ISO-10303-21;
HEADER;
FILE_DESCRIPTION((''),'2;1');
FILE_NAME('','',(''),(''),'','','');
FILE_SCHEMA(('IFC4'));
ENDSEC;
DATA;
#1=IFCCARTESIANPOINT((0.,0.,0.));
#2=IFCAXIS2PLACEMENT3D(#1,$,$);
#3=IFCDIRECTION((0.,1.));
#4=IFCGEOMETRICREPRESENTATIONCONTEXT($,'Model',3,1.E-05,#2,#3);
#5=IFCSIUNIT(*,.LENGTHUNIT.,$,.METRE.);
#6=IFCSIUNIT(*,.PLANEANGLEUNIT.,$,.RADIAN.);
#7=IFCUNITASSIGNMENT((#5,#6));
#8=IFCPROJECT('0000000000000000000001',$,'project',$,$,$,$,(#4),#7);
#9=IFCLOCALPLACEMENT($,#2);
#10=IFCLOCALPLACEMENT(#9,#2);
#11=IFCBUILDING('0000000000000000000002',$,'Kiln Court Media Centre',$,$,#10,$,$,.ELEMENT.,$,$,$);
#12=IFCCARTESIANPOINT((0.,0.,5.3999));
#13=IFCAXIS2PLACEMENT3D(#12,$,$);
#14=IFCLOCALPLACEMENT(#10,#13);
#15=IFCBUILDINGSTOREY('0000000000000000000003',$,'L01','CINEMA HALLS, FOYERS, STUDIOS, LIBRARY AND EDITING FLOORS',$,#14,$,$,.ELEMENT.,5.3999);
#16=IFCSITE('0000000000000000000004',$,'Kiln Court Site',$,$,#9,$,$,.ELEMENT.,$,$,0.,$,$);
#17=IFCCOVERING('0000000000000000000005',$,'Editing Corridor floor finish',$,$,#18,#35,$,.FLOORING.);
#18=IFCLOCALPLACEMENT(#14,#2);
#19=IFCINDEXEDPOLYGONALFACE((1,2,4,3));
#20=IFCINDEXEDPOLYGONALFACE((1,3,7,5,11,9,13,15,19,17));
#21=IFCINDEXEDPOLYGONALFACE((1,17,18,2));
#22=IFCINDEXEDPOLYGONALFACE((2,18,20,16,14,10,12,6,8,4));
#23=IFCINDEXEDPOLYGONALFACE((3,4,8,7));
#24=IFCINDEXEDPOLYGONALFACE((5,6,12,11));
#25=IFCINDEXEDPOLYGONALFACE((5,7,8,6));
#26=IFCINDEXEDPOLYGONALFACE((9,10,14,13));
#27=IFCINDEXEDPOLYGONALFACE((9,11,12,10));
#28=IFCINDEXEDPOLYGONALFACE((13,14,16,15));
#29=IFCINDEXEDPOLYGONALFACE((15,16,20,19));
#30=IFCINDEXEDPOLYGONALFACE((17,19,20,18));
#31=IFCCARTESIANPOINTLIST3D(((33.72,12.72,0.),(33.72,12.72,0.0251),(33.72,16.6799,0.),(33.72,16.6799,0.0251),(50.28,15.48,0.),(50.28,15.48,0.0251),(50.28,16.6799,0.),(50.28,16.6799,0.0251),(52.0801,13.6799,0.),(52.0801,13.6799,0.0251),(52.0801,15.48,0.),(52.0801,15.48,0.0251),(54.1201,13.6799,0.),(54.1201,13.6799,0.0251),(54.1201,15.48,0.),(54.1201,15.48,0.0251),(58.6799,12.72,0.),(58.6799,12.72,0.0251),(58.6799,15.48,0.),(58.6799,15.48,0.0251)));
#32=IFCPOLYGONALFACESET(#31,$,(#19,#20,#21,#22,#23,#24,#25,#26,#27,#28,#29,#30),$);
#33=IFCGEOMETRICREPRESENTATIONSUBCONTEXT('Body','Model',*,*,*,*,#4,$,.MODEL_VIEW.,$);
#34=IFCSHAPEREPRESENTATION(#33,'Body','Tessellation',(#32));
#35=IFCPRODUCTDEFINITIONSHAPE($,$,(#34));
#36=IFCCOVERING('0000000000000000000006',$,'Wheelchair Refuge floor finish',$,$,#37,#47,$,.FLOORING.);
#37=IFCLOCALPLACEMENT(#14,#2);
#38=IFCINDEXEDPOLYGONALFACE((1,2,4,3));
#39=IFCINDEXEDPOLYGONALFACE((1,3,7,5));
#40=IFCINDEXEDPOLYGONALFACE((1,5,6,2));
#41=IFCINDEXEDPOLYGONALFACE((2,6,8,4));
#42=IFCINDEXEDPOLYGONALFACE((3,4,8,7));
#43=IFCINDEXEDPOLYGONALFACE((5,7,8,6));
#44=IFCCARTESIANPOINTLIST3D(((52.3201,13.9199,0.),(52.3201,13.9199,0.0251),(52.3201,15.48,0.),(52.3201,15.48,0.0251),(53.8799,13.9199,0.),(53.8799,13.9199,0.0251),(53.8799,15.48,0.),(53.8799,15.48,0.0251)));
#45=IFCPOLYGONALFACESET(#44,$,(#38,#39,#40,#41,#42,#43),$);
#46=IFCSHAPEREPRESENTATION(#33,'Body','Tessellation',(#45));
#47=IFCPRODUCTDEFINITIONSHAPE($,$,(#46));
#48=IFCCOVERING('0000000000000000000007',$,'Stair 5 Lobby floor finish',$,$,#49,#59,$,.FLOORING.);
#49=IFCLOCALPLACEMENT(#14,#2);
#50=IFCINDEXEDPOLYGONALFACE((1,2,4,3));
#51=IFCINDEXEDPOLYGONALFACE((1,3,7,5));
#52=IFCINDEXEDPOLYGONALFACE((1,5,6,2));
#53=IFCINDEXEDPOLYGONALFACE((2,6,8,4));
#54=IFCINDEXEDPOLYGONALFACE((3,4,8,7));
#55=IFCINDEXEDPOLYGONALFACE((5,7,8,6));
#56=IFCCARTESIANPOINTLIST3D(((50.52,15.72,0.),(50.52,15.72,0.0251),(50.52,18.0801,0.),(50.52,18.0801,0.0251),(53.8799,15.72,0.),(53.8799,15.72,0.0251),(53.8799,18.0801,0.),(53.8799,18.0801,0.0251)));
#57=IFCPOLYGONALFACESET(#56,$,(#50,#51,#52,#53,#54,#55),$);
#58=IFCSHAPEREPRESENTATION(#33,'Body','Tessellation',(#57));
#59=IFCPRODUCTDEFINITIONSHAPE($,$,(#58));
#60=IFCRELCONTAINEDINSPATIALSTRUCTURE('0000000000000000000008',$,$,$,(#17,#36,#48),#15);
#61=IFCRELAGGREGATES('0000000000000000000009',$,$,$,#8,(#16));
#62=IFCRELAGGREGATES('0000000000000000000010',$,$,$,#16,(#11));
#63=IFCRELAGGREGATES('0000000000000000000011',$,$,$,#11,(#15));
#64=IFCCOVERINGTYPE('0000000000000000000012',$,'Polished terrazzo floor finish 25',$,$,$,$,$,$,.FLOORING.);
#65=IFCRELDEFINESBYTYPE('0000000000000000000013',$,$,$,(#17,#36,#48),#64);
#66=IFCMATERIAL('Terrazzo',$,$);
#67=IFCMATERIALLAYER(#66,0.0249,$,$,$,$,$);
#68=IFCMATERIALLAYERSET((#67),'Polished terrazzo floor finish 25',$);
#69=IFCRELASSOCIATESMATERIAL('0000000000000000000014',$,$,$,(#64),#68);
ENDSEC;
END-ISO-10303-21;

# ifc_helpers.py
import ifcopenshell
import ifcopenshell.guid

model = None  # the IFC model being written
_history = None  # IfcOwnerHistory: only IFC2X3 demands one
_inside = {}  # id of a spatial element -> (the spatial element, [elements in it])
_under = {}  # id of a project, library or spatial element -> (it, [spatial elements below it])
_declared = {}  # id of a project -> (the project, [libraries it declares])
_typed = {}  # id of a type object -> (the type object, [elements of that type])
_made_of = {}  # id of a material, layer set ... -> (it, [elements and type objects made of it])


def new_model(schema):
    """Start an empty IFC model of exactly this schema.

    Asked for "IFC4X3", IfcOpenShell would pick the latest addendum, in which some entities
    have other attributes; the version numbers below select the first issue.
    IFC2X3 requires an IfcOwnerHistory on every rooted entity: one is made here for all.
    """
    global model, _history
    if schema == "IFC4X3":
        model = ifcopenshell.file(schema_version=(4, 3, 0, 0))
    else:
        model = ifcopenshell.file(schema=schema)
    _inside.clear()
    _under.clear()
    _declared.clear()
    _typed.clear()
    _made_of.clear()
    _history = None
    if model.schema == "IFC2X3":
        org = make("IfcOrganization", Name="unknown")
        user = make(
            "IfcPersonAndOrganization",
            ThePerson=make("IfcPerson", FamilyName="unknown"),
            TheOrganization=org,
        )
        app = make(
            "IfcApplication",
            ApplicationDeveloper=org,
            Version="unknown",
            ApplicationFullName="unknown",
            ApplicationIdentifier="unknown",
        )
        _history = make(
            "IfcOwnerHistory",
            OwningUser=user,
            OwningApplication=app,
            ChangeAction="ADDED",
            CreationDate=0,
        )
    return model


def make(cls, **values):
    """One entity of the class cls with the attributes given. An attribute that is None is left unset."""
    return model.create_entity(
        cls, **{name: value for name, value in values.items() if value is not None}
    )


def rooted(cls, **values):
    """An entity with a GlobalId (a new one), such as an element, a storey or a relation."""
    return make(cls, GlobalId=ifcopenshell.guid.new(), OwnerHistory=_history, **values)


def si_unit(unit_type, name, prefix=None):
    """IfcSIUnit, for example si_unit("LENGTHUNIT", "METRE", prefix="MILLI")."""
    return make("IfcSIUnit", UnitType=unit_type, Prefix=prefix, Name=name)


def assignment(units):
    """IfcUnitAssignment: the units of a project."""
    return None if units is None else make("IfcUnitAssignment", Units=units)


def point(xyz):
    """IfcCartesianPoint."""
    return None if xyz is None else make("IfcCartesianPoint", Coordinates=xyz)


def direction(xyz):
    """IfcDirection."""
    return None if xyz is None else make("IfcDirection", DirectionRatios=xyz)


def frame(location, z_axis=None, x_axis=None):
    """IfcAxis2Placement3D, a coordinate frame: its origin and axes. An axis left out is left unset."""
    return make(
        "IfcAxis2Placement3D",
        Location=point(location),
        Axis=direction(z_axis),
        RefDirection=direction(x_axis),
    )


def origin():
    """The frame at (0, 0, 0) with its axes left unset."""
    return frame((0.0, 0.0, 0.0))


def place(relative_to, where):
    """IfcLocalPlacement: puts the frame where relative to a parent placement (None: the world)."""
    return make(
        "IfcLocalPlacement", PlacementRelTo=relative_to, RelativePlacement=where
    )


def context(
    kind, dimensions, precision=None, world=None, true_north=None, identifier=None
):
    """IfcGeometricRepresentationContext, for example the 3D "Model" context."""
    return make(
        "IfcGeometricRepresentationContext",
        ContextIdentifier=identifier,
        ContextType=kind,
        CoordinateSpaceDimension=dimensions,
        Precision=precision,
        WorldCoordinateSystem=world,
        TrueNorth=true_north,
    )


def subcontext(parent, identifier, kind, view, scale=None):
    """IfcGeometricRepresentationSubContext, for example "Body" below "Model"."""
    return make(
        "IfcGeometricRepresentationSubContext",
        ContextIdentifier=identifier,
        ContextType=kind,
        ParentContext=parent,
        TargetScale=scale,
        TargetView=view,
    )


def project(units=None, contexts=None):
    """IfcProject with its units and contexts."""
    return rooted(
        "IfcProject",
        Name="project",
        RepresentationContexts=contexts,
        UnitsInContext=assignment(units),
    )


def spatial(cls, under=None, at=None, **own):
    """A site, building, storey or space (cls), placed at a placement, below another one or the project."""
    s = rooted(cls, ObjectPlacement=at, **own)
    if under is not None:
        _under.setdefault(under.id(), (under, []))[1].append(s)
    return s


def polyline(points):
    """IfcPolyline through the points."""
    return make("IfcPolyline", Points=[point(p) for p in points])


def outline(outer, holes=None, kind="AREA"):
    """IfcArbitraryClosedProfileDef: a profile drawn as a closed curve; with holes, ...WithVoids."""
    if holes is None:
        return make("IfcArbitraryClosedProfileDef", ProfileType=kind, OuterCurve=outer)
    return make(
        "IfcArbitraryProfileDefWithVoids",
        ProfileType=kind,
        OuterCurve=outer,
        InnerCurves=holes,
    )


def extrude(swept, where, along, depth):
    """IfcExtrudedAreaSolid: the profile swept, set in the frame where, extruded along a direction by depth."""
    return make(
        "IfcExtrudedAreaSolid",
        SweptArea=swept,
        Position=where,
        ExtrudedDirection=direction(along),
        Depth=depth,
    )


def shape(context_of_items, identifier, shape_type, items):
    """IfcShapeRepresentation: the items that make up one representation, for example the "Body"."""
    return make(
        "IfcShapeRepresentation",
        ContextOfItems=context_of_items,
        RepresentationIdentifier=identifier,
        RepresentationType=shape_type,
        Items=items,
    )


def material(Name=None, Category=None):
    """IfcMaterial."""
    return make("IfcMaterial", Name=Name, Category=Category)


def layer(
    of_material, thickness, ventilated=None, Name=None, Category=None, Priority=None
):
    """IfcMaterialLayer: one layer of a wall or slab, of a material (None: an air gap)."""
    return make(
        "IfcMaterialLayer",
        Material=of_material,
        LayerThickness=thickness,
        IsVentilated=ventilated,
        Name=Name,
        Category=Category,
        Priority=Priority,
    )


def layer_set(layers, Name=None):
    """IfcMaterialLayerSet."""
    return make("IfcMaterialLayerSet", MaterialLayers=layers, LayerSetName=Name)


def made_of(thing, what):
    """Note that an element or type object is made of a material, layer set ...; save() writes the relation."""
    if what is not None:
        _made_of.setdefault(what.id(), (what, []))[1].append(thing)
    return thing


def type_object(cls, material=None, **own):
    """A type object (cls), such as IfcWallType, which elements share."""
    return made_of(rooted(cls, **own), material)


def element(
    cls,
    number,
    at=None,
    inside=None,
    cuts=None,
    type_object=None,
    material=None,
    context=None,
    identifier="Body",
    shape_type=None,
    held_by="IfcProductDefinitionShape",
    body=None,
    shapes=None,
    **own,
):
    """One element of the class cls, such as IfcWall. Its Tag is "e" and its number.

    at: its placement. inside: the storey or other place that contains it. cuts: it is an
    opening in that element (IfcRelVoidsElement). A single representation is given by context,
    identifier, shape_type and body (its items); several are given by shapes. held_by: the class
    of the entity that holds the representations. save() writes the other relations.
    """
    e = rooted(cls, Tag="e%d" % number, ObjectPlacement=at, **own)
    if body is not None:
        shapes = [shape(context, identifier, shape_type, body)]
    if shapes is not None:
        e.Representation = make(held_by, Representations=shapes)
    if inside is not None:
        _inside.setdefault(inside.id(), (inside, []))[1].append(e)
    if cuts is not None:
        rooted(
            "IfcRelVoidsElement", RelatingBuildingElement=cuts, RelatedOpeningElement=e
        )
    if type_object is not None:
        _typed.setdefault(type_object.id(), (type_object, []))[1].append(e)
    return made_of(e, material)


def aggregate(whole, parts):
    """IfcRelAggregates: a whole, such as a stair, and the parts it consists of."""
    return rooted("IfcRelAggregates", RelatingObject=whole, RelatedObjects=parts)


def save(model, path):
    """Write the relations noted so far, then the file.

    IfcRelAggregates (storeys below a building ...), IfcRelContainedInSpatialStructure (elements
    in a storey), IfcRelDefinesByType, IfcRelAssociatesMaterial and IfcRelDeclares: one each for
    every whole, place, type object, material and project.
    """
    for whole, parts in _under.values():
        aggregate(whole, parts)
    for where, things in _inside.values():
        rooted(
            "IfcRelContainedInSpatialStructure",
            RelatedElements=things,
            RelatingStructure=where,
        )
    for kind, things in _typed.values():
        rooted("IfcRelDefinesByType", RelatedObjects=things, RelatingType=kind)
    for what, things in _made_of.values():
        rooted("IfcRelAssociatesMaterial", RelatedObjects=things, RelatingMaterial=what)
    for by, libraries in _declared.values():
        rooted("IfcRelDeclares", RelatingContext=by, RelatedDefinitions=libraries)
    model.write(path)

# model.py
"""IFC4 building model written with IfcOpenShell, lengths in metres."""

from ifc_helpers import new_model, si_unit, direction, frame, origin, place, context, subcontext, project, spatial, polyline, outline, extrude, material, layer, layer_set, type_object, element, save


model = new_model("IFC4")

# Units and contexts
model_context = context("Model", 3, precision=1e-05, world=origin(), true_north=direction((0.0, 1.0)))
body_context = subcontext(model_context, "Body", "Model", "MODEL_VIEW")
ifc_project = project(units=[si_unit("LENGTHUNIT", "METRE"), si_unit("PLANEANGLEUNIT", "RADIAN")], contexts=[model_context])

# Site, building, storey
site_placement = place(None, origin())
site = spatial("IfcSite", under=ifc_project, at=site_placement, Name="Kiln Court Site", CompositionType="ELEMENT", RefElevation=0.0)
building_placement = place(site_placement, origin())
building = spatial("IfcBuilding", under=site, at=building_placement, Name="Kiln Court Media Centre", CompositionType="ELEMENT")
storey_placement = place(building_placement, frame((0.0, 0.0, 5.3999)))
storey = spatial("IfcBuildingStorey", under=building, at=storey_placement, Name="L01", Description="CINEMA HALLS, FOYERS, STUDIOS, LIBRARY AND EDITING FLOORS", CompositionType="ELEMENT", Elevation=5.3999)

# Coverings
ifc_material = material(Name="Terrazzo")
ifc_layer = layer(ifc_material, 0.0249)
ifc_layer_set = layer_set([ifc_layer], Name="Polished terrazzo floor finish 25")
covering_type = type_object("IfcCoveringType", Name="Polished terrazzo floor finish 25", PredefinedType="FLOORING", material=ifc_layer_set)
covering_1_placement = place(storey_placement, origin())
element("IfcCovering", 1, at=covering_1_placement, inside=storey, type_object=covering_type, Name="Editing Corridor floor finish", PredefinedType="FLOORING", context=body_context, shape_type="SweptSolid", body=[
    extrude(outline(polyline([(58.6799, 15.48), (54.1201, 15.48), (54.1201, 13.6799), (52.0801, 13.6799), (52.0801, 15.48), (50.28, 15.48), (50.28, 16.6799), (33.72, 16.6799), (33.72, 12.72), (58.6799, 12.72), (58.6799, 15.48)])), origin(), (0.0, 0.0, 1.0), 0.0251),
])
covering_2_placement = place(storey_placement, origin())
element("IfcCovering", 2, at=covering_2_placement, inside=storey, type_object=covering_type, Name="Wheelchair Refuge floor finish", PredefinedType="FLOORING", context=body_context, shape_type="SweptSolid", body=[
    extrude(outline(polyline([(52.3201, 13.9199), (53.8799, 13.9199), (53.8799, 15.48), (52.3201, 15.48), (52.3201, 13.9199)])), origin(), (0.0, 0.0, 1.0), 0.0251),
])
covering_3_placement = place(storey_placement, origin())
element("IfcCovering", 3, at=covering_3_placement, inside=storey, type_object=covering_type, Name="Stair 5 Lobby floor finish", PredefinedType="FLOORING", context=body_context, shape_type="SweptSolid", body=[
    extrude(outline(polyline([(50.52, 15.72), (53.8799, 15.72), (53.8799, 18.0801), (50.52, 18.0801), (50.52, 15.72)])), origin(), (0.0, 0.0, 1.0), 0.0251),
])

save(model, "model.ifc")
